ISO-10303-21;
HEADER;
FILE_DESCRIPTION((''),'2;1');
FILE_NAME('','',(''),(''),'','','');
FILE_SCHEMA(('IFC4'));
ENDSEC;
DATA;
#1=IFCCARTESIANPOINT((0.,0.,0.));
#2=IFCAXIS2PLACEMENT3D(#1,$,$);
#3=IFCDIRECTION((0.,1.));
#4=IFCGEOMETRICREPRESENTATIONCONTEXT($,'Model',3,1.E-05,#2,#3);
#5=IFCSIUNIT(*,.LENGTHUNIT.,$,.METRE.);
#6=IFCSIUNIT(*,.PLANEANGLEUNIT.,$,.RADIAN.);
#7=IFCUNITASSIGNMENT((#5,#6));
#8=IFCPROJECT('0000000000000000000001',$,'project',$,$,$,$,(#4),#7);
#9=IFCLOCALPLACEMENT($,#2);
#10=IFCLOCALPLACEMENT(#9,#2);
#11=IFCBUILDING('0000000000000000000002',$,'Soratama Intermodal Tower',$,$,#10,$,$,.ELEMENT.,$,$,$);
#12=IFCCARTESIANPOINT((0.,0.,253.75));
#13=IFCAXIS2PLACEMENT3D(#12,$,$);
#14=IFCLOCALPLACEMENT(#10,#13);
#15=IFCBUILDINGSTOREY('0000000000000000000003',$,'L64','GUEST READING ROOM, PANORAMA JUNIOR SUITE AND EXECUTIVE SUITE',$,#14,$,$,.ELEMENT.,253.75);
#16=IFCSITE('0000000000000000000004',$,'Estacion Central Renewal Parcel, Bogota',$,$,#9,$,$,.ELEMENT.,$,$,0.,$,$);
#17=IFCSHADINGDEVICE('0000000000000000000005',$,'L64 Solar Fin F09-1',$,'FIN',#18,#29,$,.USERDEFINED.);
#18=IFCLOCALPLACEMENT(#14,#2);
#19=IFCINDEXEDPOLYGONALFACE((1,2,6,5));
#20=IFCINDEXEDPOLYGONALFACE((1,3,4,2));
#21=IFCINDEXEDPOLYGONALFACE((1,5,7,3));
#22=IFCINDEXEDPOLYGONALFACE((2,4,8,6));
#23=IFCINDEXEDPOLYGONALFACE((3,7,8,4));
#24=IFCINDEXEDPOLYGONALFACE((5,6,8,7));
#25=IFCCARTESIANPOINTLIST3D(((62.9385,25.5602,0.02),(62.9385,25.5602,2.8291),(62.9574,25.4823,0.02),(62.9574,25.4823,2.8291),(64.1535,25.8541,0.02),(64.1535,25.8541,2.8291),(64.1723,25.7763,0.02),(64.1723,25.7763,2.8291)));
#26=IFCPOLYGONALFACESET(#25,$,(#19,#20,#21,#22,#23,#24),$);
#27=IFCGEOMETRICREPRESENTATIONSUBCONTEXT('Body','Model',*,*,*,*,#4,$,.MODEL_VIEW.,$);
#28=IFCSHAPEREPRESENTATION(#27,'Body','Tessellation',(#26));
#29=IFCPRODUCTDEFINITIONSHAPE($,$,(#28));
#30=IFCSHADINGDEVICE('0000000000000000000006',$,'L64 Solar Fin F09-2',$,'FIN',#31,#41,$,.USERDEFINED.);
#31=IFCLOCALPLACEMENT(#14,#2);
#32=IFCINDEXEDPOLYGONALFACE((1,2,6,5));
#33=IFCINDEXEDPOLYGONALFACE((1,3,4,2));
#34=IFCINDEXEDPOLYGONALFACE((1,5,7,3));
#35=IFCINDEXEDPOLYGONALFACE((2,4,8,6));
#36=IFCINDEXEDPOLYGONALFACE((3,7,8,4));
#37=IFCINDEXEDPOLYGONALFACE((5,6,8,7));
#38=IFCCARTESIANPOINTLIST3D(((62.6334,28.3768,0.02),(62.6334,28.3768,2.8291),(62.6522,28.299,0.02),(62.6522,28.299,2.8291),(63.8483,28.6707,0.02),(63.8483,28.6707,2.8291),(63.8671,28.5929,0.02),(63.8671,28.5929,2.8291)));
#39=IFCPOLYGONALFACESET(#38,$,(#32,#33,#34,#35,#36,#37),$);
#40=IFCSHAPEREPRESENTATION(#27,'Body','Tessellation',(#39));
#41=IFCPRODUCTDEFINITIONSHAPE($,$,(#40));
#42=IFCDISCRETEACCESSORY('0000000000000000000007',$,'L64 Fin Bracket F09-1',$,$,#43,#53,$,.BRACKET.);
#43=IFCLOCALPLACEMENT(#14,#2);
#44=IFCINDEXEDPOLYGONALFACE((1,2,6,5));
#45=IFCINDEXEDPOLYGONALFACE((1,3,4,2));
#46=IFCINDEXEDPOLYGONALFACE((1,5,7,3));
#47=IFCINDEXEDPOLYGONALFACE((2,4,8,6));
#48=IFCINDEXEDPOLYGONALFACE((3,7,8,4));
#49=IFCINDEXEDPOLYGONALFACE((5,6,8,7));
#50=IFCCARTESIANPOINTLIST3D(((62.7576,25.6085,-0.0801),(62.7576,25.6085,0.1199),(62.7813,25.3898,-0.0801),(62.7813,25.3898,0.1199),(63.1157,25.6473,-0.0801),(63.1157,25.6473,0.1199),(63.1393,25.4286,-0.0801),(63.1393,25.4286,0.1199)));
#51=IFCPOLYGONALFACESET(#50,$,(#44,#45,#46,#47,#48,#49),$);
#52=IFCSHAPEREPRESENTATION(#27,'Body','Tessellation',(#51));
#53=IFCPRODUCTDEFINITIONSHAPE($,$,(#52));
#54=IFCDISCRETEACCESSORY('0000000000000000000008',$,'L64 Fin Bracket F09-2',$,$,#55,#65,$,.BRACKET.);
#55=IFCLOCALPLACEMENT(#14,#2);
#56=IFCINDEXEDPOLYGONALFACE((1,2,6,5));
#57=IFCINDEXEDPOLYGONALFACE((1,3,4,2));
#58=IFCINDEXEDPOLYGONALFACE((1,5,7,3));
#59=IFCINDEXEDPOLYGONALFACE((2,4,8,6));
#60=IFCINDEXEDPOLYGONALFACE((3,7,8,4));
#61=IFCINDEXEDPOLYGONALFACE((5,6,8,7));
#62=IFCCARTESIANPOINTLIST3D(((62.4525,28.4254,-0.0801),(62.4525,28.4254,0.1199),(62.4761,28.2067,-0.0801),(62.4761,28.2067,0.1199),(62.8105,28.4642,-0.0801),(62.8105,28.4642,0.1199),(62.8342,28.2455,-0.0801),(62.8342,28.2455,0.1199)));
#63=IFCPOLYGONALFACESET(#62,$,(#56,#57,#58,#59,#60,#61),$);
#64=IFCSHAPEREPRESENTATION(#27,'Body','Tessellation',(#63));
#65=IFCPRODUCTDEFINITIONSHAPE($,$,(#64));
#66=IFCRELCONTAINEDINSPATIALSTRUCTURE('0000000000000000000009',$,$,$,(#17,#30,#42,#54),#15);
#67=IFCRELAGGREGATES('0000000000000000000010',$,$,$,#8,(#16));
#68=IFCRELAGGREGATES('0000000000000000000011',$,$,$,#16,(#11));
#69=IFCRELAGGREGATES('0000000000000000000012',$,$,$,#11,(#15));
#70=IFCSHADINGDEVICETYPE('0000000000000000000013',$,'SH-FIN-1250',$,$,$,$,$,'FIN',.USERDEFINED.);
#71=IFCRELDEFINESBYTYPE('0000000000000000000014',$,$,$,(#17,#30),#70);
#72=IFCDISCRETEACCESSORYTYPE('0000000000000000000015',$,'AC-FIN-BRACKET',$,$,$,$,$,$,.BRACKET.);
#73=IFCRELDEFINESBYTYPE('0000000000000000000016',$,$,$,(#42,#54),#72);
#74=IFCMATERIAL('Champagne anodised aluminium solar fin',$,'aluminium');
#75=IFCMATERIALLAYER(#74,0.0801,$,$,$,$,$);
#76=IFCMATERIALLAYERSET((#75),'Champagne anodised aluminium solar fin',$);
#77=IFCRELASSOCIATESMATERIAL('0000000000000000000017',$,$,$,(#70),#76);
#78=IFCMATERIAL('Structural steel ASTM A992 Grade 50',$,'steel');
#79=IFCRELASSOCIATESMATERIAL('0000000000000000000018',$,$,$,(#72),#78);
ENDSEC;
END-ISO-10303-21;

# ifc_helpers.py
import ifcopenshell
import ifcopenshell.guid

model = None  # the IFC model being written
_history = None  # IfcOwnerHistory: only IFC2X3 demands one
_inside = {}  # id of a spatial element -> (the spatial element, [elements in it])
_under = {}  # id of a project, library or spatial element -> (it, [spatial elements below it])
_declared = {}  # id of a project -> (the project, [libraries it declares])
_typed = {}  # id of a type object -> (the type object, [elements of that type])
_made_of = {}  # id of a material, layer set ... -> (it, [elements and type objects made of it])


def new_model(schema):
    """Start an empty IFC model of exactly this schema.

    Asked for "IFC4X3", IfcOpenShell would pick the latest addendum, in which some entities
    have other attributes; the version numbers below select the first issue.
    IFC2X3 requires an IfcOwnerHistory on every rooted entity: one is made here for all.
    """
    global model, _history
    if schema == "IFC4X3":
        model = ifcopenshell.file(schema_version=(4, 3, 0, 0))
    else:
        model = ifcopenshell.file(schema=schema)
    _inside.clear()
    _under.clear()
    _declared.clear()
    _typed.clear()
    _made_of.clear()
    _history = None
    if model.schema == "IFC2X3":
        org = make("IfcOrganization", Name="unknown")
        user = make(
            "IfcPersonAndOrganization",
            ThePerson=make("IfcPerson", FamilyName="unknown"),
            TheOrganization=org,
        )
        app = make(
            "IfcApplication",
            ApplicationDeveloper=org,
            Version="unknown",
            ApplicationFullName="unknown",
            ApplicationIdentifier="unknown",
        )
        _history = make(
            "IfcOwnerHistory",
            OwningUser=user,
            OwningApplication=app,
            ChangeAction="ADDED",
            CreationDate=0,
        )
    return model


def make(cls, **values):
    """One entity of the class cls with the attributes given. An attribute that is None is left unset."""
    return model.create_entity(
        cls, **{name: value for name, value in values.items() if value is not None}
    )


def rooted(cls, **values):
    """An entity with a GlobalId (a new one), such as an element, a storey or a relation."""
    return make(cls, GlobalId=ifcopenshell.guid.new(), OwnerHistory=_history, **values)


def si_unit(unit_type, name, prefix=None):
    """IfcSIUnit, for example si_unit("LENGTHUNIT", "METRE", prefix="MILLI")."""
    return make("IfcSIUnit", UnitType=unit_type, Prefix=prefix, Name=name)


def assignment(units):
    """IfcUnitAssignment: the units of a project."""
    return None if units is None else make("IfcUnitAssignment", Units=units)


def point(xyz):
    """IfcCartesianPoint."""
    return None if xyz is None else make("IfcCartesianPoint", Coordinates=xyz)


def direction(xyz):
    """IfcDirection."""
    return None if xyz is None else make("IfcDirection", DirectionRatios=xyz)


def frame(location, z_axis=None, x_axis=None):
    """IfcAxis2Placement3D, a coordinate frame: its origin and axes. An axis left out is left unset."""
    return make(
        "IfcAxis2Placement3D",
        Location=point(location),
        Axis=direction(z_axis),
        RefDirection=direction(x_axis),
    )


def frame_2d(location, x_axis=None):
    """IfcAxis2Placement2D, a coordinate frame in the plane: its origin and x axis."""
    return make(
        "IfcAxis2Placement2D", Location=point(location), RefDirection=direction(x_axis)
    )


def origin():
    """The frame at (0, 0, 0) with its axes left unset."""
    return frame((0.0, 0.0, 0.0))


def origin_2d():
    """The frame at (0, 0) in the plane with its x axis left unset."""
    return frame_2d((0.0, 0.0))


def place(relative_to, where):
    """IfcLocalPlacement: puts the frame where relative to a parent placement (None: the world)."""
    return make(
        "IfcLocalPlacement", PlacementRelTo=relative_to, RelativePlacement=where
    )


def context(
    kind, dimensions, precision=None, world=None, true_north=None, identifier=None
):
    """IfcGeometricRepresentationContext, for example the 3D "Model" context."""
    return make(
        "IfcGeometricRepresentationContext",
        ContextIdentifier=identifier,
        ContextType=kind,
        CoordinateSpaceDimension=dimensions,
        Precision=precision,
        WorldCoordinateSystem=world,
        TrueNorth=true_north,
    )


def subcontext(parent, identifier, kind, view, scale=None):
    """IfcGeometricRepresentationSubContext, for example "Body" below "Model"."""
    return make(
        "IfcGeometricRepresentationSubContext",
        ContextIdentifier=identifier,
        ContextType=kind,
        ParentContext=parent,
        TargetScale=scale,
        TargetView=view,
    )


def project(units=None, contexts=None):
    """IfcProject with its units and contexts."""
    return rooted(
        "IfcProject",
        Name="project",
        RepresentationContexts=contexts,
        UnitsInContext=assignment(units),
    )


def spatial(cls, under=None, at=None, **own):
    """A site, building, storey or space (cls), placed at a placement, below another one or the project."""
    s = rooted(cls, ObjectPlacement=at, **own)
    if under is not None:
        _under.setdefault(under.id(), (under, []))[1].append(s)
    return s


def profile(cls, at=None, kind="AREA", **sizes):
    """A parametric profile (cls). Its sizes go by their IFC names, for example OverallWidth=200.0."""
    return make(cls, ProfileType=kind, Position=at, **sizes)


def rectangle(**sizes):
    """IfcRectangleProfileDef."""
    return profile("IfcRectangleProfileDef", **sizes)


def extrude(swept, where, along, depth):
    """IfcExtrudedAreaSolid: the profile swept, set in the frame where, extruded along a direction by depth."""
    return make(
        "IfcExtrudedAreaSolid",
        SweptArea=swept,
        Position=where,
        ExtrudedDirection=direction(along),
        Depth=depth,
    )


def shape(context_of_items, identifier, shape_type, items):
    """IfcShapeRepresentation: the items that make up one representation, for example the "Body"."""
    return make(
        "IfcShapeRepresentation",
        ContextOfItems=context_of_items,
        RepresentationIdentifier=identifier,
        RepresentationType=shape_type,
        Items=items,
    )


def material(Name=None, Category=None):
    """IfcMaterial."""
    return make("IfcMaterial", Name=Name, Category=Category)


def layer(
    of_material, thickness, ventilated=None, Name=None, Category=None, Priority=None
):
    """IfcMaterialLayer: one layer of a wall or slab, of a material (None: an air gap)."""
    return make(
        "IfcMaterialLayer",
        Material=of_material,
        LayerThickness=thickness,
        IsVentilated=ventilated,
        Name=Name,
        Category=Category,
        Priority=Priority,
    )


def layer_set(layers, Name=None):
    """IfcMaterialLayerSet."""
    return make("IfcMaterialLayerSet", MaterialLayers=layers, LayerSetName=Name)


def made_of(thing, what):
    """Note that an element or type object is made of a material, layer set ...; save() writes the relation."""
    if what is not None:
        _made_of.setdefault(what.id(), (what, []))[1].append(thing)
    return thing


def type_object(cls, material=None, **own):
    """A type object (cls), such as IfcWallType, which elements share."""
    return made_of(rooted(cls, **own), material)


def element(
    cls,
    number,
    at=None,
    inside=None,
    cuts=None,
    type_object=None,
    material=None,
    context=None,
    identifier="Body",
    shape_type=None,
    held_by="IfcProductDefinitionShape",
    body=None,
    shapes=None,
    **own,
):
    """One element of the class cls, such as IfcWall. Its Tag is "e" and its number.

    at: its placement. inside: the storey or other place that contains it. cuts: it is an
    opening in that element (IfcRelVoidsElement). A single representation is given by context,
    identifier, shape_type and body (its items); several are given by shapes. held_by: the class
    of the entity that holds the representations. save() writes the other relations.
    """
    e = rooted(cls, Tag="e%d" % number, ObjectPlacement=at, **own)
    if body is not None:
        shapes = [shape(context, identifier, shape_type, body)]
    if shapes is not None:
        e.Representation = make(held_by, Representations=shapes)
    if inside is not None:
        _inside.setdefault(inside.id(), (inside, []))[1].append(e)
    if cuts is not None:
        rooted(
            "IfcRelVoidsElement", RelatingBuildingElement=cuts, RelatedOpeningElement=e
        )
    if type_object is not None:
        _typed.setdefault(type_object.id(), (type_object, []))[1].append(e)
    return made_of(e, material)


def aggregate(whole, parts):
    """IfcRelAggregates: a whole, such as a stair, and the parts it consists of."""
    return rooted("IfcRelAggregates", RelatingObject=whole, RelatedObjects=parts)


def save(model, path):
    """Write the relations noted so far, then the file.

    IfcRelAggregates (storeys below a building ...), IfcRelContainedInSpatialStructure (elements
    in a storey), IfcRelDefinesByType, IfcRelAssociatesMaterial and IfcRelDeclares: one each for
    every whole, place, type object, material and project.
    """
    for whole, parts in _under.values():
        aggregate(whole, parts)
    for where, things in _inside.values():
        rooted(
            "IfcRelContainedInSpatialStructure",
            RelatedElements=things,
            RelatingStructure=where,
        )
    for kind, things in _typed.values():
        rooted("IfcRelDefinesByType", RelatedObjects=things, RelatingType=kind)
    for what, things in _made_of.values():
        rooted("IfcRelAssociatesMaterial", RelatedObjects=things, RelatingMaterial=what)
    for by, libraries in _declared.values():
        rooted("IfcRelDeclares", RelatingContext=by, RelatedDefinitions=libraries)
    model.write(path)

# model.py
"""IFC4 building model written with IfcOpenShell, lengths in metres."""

from ifc_helpers import new_model, si_unit, direction, frame, origin, origin_2d, place, context, subcontext, project, spatial, rectangle, extrude, material, layer, layer_set, type_object, element, save


model = new_model("IFC4")

# Units and contexts
model_context = context("Model", 3, precision=1e-05, world=origin(), true_north=direction((0.0, 1.0)))
body_context = subcontext(model_context, "Body", "Model", "MODEL_VIEW")
ifc_project = project(units=[si_unit("LENGTHUNIT", "METRE"), si_unit("PLANEANGLEUNIT", "RADIAN")], contexts=[model_context])

# Site, building, storey
site_placement = place(None, origin())
site = spatial("IfcSite", under=ifc_project, at=site_placement, Name="Estacion Central Renewal Parcel, Bogota", CompositionType="ELEMENT", RefElevation=0.0)
building_placement = place(site_placement, origin())
building = spatial("IfcBuilding", under=site, at=building_placement, Name="Soratama Intermodal Tower", CompositionType="ELEMENT")
storey_placement = place(building_placement, frame((0.0, 0.0, 253.75)))
storey = spatial("IfcBuildingStorey", under=building, at=storey_placement, Name="L64", Description="GUEST READING ROOM, PANORAMA JUNIOR SUITE AND EXECUTIVE SUITE", CompositionType="ELEMENT", Elevation=253.75)

# Shading devices
ifc_material_1 = material(Name="Champagne anodised aluminium solar fin", Category="aluminium")
ifc_layer_1 = layer(ifc_material_1, 0.0801)
ifc_layer_set_1 = layer_set([ifc_layer_1], Name="Champagne anodised aluminium solar fin")
shading_device_type = type_object("IfcShadingDeviceType", Name="SH-FIN-1250", ElementType="FIN", PredefinedType="USERDEFINED", material=ifc_layer_set_1)
for number, where, z_axis, x_axis, name in (
    (1, (63.5554, 25.6682, 0.02), (0.0, 0.0, 1.0), (0.971961, 0.235142, 0.0), "L64 Solar Fin F09-1"),
    (2, (63.2502, 28.4849, 0.02), (0.0, 0.0, 1.0), (0.971961, 0.235142, 0.0), "L64 Solar Fin F09-2"),
):
    element("IfcShadingDevice", number, at=place(storey_placement, frame(where, z_axis=z_axis, x_axis=x_axis)), inside=storey, type_object=shading_device_type, Name=name, ObjectType="FIN", PredefinedType="USERDEFINED", context=body_context, shape_type="SweptSolid", body=[
        extrude(rectangle(XDim=1.25, YDim=0.0801, at=origin_2d()), origin(), (0.0, 0.0, 1.0), 2.8091),
    ])

# Discrete accessories
ifc_material_2 = material(Name="Structural steel ASTM A992 Grade 50", Category="steel")
discrete_accessory_type = type_object("IfcDiscreteAccessoryType", Name="AC-FIN-BRACKET", PredefinedType="BRACKET", material=ifc_material_2)
for number, where, z_axis, x_axis, name in (
    (3, (62.9485, 25.5186, -0.0801), (0.0, 0.0, 1.0), (0.994189, 0.107652, 0.0), "L64 Fin Bracket F09-1"),
    (4, (62.6433, 28.3354, -0.0801), (0.0, 0.0, 1.0), (0.994189, 0.107652, 0.0), "L64 Fin Bracket F09-2"),
):
    element("IfcDiscreteAccessory", number, at=place(storey_placement, frame(where, z_axis=z_axis, x_axis=x_axis)), inside=storey, type_object=discrete_accessory_type, Name=name, PredefinedType="BRACKET", context=body_context, shape_type="SweptSolid", body=[
        extrude(rectangle(XDim=0.3601, YDim=0.22, at=origin_2d()), origin(), (0.0, 0.0, 1.0), 0.2),
    ])

save(model, "model.ifc")
